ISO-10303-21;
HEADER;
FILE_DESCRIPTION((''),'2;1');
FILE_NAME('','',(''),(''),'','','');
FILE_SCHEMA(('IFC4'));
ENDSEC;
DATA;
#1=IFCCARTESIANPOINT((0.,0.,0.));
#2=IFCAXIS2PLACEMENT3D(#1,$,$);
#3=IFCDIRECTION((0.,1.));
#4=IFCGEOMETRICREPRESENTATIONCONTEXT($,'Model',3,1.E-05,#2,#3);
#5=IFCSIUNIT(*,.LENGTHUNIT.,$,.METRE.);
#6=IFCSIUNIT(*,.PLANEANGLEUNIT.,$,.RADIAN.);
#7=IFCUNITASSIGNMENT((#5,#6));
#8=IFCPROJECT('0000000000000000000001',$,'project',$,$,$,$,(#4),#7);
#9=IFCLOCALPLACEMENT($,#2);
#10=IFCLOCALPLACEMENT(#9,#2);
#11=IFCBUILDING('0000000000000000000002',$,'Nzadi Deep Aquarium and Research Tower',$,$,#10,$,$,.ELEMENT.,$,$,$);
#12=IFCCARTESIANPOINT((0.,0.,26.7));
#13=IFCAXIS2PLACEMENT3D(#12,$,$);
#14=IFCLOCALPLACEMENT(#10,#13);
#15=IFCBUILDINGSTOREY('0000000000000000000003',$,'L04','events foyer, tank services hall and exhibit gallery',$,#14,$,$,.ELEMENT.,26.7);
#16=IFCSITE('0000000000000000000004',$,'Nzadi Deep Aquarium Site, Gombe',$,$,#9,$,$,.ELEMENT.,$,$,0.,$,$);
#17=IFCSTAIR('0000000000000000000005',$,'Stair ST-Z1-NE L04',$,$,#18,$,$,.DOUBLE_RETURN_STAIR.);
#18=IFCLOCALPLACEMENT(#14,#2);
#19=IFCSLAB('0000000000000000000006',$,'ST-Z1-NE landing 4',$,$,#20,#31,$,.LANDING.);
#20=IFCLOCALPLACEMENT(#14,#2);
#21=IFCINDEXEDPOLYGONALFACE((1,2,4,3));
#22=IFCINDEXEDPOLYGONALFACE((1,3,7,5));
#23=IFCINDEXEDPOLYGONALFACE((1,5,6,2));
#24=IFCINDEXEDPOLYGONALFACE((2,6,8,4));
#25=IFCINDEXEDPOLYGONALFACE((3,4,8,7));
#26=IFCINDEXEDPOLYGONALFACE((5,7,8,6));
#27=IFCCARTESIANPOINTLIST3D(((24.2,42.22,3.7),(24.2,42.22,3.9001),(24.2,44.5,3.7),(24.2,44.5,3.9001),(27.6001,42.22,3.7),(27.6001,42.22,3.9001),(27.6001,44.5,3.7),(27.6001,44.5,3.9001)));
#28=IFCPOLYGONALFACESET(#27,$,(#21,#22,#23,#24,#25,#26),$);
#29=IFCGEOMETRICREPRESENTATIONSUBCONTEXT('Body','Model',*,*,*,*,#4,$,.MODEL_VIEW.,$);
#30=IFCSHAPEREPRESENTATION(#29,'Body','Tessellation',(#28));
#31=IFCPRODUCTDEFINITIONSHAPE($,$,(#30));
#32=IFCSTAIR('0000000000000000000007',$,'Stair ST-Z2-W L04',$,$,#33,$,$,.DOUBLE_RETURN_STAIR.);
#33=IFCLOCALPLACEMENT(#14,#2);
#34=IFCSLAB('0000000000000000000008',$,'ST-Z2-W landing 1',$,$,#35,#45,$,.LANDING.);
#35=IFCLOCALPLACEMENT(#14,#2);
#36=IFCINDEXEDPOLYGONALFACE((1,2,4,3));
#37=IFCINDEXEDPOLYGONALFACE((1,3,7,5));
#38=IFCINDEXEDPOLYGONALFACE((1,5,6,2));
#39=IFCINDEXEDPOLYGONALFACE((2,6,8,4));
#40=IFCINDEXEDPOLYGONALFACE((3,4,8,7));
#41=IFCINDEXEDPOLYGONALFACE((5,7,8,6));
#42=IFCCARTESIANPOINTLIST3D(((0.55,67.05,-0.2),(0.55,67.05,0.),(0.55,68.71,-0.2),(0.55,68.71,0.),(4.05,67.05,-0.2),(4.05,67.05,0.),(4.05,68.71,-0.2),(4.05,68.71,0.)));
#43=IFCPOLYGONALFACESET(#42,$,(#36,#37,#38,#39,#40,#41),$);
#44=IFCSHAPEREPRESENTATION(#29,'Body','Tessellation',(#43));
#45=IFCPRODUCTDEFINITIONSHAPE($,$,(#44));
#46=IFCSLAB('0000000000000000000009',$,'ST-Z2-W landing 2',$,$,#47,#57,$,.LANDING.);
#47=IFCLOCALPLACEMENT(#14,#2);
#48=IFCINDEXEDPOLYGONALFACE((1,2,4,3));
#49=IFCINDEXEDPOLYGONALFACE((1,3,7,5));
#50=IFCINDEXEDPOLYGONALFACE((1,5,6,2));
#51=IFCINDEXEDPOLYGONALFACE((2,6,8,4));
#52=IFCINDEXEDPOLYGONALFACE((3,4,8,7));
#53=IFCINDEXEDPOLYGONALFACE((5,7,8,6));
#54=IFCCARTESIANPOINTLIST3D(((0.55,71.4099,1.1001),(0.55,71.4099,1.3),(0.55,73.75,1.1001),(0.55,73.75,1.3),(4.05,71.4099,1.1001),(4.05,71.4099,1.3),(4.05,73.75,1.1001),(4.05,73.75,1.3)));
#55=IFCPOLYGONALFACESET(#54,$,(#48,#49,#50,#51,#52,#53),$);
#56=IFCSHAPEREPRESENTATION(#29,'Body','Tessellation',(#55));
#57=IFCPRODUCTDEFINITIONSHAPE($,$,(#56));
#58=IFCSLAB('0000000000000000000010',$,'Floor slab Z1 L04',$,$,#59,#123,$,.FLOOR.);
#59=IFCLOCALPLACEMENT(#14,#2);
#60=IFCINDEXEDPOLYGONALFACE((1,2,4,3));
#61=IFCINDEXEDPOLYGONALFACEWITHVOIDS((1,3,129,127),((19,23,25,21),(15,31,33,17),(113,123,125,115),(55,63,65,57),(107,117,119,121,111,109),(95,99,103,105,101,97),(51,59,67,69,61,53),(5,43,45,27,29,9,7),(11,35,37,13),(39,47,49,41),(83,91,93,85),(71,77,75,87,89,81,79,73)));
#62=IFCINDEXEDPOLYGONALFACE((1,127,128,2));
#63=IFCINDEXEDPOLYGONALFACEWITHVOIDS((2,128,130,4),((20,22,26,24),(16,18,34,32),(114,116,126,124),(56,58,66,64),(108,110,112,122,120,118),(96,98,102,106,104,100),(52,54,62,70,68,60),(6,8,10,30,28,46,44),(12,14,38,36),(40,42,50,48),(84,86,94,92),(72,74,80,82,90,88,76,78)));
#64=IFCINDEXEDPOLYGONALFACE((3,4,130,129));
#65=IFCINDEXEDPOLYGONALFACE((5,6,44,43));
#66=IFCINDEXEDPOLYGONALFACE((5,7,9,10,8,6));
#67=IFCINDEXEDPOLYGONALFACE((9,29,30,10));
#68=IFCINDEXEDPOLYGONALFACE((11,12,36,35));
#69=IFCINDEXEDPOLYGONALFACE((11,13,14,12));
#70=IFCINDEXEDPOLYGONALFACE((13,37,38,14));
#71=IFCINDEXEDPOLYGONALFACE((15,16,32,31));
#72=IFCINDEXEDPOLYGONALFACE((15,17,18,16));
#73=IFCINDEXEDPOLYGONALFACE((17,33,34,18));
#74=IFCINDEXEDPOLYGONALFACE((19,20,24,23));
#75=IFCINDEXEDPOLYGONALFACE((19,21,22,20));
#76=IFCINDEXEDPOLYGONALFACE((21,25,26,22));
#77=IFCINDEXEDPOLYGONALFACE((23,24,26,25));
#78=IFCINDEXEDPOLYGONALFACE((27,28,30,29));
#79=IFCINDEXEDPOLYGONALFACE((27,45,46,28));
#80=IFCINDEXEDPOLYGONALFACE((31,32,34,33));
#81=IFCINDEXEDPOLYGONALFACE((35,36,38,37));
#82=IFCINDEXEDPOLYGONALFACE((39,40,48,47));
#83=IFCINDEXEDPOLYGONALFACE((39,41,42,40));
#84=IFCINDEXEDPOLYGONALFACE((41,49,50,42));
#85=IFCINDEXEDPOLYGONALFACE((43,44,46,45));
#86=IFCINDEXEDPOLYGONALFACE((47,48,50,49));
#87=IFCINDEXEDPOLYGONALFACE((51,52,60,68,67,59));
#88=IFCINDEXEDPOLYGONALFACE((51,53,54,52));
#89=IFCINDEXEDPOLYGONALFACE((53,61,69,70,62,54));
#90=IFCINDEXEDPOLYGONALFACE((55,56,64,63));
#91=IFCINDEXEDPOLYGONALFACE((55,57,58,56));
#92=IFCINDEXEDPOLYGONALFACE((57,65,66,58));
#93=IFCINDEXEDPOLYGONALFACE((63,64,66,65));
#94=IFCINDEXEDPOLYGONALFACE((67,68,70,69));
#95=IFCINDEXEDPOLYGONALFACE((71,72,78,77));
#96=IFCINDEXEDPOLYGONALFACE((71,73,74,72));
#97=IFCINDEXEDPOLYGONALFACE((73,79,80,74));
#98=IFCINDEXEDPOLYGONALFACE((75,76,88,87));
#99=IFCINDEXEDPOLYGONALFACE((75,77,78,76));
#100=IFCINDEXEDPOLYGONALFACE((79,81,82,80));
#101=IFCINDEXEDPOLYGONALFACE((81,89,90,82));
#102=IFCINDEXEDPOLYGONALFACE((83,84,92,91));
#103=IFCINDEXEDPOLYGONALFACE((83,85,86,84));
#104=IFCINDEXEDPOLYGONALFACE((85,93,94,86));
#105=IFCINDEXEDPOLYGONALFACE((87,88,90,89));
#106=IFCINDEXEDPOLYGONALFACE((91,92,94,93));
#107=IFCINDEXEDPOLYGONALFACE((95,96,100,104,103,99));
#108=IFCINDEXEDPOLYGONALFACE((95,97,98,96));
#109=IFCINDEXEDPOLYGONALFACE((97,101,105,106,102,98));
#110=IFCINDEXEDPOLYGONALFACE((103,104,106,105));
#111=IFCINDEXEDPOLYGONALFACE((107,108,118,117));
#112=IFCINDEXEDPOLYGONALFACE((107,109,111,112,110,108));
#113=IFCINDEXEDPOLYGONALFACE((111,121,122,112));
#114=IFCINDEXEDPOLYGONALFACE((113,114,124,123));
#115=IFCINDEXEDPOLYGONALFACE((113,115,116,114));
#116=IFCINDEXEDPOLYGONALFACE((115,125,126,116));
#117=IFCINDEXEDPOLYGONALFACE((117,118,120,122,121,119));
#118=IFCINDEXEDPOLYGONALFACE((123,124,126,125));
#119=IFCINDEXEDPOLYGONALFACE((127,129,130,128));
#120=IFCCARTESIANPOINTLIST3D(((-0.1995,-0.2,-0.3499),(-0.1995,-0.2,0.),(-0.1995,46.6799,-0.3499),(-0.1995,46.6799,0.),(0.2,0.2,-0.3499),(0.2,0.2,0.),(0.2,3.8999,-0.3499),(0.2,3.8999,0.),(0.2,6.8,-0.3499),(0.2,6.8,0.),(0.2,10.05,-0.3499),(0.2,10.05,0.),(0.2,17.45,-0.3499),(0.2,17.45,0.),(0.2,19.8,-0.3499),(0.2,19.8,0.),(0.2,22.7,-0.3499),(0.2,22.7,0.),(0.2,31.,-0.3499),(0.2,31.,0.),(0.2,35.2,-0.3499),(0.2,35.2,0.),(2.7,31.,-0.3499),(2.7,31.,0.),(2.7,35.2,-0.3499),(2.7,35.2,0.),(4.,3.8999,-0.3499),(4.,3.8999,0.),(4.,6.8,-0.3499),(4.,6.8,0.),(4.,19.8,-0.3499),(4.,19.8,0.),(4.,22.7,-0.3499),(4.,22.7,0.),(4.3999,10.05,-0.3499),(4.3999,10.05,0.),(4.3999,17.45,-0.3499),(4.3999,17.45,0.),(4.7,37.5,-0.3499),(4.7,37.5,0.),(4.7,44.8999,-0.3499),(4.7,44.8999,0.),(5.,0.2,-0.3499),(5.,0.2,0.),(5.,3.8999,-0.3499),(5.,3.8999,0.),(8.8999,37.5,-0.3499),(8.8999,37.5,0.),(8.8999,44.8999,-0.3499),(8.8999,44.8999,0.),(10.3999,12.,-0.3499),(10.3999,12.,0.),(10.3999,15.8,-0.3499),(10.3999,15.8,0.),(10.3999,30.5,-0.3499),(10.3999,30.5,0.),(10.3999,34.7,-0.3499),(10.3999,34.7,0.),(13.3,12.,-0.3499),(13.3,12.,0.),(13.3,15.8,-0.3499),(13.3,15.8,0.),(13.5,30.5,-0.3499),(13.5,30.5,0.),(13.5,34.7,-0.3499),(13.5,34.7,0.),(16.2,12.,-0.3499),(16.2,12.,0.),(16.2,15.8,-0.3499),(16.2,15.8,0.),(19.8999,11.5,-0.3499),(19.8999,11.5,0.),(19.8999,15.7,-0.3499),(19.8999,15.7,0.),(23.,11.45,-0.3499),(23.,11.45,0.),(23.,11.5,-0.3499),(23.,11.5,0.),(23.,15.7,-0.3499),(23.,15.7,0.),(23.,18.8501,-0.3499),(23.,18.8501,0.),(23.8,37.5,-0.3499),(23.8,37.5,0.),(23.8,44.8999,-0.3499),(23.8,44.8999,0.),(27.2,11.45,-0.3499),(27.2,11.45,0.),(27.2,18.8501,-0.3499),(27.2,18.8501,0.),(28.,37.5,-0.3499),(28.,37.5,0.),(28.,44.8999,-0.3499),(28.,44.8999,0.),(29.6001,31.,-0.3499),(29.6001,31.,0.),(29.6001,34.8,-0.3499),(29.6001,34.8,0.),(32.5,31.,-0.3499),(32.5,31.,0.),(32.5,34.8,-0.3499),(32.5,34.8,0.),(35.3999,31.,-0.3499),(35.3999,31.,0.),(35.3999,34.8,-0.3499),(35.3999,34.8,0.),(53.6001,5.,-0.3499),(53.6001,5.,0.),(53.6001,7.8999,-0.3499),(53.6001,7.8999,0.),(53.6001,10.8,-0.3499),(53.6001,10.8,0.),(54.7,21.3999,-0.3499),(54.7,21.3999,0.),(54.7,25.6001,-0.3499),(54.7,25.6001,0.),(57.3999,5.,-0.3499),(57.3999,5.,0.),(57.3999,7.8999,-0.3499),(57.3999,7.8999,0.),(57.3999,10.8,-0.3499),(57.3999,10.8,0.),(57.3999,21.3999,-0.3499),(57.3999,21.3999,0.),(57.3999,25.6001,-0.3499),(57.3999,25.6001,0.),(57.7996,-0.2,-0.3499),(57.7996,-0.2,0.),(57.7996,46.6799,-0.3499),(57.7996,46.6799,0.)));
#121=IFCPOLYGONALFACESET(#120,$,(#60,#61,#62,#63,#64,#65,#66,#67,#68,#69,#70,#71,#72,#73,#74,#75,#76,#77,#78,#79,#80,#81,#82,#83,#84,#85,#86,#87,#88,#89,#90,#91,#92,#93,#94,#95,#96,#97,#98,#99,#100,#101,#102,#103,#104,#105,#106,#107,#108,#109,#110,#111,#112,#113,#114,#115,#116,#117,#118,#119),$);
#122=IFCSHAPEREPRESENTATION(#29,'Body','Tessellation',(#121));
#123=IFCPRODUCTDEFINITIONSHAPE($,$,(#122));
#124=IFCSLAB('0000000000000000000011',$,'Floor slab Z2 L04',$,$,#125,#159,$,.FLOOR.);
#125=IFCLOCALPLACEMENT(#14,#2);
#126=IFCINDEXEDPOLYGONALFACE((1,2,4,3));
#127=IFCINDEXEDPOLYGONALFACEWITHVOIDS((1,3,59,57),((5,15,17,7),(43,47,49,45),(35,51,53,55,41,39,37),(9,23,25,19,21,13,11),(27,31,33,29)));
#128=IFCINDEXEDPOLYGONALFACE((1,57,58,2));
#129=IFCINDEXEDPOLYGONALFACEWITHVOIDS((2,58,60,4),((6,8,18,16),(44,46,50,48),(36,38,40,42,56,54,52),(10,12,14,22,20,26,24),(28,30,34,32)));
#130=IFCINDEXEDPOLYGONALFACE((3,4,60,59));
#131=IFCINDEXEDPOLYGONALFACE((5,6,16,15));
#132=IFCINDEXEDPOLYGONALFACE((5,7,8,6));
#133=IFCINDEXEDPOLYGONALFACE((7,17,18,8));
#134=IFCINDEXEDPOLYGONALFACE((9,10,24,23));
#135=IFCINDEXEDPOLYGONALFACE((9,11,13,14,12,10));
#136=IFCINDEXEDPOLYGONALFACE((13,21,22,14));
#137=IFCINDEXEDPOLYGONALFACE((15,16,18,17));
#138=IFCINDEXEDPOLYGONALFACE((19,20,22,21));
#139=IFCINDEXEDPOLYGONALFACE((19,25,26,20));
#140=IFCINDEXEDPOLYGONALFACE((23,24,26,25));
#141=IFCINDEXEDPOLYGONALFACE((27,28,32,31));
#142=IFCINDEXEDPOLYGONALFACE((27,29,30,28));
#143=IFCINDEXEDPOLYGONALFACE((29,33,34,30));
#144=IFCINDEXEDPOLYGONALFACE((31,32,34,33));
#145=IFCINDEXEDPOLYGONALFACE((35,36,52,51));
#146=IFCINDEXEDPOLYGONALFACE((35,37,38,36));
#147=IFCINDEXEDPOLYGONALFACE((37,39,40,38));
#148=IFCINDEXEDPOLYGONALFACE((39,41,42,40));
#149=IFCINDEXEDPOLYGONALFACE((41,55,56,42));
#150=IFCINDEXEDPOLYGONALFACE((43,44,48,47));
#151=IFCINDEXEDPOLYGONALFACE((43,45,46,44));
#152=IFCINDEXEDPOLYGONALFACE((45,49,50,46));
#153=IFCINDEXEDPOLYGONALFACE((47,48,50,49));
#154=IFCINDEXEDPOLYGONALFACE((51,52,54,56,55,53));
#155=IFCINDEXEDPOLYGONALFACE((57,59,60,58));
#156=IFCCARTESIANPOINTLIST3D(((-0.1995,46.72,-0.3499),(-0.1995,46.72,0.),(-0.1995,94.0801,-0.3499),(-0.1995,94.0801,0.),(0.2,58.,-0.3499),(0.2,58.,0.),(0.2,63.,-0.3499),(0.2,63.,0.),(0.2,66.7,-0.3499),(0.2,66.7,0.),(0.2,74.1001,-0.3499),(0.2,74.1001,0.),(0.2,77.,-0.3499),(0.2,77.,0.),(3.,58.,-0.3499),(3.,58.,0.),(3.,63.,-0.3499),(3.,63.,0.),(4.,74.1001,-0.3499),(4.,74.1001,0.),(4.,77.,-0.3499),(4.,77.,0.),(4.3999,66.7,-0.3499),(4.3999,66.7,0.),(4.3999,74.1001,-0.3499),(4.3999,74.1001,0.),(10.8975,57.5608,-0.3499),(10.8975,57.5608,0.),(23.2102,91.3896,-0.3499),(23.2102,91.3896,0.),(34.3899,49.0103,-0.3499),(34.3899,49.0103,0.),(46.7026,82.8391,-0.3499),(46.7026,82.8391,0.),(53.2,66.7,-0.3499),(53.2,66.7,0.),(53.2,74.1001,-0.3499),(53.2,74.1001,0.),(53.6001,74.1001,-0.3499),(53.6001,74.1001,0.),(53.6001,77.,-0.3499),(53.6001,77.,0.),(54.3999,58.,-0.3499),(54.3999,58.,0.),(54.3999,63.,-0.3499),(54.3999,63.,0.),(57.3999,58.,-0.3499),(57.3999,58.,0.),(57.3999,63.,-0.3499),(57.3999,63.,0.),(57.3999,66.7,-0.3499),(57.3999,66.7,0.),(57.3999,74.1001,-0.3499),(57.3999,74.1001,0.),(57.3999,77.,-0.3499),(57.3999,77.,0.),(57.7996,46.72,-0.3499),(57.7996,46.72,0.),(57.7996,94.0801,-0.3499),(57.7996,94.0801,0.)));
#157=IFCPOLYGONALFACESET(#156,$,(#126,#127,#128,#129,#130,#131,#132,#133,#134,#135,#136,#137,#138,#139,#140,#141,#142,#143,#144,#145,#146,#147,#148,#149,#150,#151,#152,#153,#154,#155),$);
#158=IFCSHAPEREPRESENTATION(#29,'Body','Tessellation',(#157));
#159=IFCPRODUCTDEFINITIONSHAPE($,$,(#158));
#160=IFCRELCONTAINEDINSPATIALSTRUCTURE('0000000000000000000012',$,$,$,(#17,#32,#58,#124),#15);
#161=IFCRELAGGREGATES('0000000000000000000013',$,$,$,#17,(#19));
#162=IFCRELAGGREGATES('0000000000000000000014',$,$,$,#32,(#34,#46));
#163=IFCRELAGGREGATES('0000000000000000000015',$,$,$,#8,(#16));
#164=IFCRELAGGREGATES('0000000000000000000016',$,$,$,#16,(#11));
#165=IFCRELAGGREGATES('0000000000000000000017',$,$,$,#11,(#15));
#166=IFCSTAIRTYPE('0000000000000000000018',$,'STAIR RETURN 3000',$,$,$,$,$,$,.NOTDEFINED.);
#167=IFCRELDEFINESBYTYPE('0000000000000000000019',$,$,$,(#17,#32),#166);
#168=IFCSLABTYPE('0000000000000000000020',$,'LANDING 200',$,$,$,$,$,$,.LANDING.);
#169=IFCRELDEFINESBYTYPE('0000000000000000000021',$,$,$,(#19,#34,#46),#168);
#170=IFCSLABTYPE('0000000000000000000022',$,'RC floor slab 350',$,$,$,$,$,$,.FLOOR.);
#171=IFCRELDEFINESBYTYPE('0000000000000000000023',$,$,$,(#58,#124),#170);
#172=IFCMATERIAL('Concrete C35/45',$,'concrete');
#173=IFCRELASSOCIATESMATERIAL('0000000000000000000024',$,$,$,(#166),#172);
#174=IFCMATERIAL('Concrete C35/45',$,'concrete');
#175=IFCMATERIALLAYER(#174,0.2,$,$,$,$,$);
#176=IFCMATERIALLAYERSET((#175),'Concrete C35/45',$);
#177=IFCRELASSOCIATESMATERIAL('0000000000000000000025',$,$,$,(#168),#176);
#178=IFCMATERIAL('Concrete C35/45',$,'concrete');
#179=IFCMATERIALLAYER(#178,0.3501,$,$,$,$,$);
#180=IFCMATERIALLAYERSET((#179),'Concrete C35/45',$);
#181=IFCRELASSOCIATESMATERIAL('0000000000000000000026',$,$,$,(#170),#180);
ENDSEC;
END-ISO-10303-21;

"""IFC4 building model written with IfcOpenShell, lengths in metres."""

from ifc_helpers import new_model, si_unit, direction, frame, origin, place, context, subcontext, project, spatial, polyline, outline, extrude, material, layer, layer_set, type_object, element, aggregate, save


model = new_model("IFC4")

# Units and contexts
model_context = context("Model", 3, precision=1e-05, world=origin(), true_north=direction((0.0, 1.0)))
body_context = subcontext(model_context, "Body", "Model", "MODEL_VIEW")
ifc_project = project(units=[si_unit("LENGTHUNIT", "METRE"), si_unit("PLANEANGLEUNIT", "RADIAN")], contexts=[model_context])

# Site, building, storey
site_placement = place(None, origin())
site = spatial("IfcSite", under=ifc_project, at=site_placement, Name="Nzadi Deep Aquarium Site, Gombe", CompositionType="ELEMENT", RefElevation=0.0)
building_placement = place(site_placement, origin())
building = spatial("IfcBuilding", under=site, at=building_placement, Name="Nzadi Deep Aquarium and Research Tower", CompositionType="ELEMENT")
storey_placement = place(building_placement, frame((0.0, 0.0, 26.7)))
storey = spatial("IfcBuildingStorey", under=building, at=storey_placement, Name="L04", Description="events foyer, tank services hall and exhibit gallery", CompositionType="ELEMENT", Elevation=26.7)

# Stairs, slabs
ifc_material_1 = material(Name="Concrete C35/45", Category="concrete")
stair_type = type_object("IfcStairType", Name="STAIR RETURN 3000", PredefinedType="NOTDEFINED", material=ifc_material_1)
ifc_material_2 = material(Name="Concrete C35/45", Category="concrete")
ifc_layer_1 = layer(ifc_material_2, 0.2)
ifc_layer_set_1 = layer_set([ifc_layer_1], Name="Concrete C35/45")
slab_type_1 = type_object("IfcSlabType", Name="LANDING 200", PredefinedType="LANDING", material=ifc_layer_set_1)
stair_1_placement = place(storey_placement, origin())
stair_1 = element("IfcStair", 1, at=stair_1_placement, inside=storey, type_object=stair_type, Name="Stair ST-Z1-NE L04", PredefinedType="DOUBLE_RETURN_STAIR")
slab_1_placement = place(storey_placement, frame((0.0, 0.0, 3.7)))
slab_1 = element("IfcSlab", 2, at=slab_1_placement, type_object=slab_type_1, Name="ST-Z1-NE landing 4", PredefinedType="LANDING", context=body_context, shape_type="SweptSolid", body=[
    extrude(outline(polyline([(24.2, 42.22), (27.6001, 42.22), (27.6001, 44.5), (24.2, 44.5), (24.2, 42.22)])), origin(), (0.0, 0.0, 1.0), 0.2002),
])
aggregate(stair_1, [slab_1])
stair_2_placement = place(storey_placement, origin())
stair_2 = element("IfcStair", 3, at=stair_2_placement, inside=storey, type_object=stair_type, Name="Stair ST-Z2-W L04", PredefinedType="DOUBLE_RETURN_STAIR")
slab_2_placement = place(storey_placement, frame((0.0, 0.0, -0.2)))
slab_2 = element("IfcSlab", 4, at=slab_2_placement, type_object=slab_type_1, Name="ST-Z2-W landing 1", PredefinedType="LANDING", context=body_context, shape_type="SweptSolid", body=[
    extrude(outline(polyline([(0.55, 67.05), (4.05, 67.05), (4.05, 68.71), (0.55, 68.71), (0.55, 67.05)])), origin(), (0.0, 0.0, 1.0), 0.2),
])
slab_3_placement = place(storey_placement, frame((0.0, 0.0, 1.1001)))
slab_3 = element("IfcSlab", 5, at=slab_3_placement, type_object=slab_type_1, Name="ST-Z2-W landing 2", PredefinedType="LANDING", context=body_context, shape_type="SweptSolid", body=[
    extrude(outline(polyline([(0.55, 71.4099), (4.05, 71.4099), (4.05, 73.75), (0.55, 73.75), (0.55, 71.4099)])), origin(), (0.0, 0.0, 1.0), 0.2),
])
aggregate(stair_2, [slab_2, slab_3])

# Slabs
ifc_material_3 = material(Name="Concrete C35/45", Category="concrete")
ifc_layer_2 = layer(ifc_material_3, 0.3501)
ifc_layer_set_2 = layer_set([ifc_layer_2], Name="Concrete C35/45")
slab_type_2 = type_object("IfcSlabType", Name="RC floor slab 350", PredefinedType="FLOOR", material=ifc_layer_set_2)
slab_4_placement = place(storey_placement, frame((0.0, 0.0, -0.3499)))
element("IfcSlab", 6, at=slab_4_placement, inside=storey, type_object=slab_type_2, Name="Floor slab Z1 L04", PredefinedType="FLOOR", context=body_context, shape_type="SweptSolid", body=[
    extrude(outline(polyline([(-0.1995, -0.2), (57.7996, -0.2), (57.7996, 46.6799), (-0.1995, 46.6799), (-0.1995, -0.2)]), holes=[polyline([(4.3999, 17.45), (4.3999, 10.05), (0.2, 10.05), (0.2, 17.45), (4.3999, 17.45)]), polyline([(19.8999, 15.7), (23.0, 15.7), (23.0, 18.8501), (27.2, 18.8501), (27.2, 11.45), (23.0, 11.45), (23.0, 11.5), (19.8999, 11.5), (19.8999, 15.7)]), polyline([(4.7, 37.5), (4.7, 44.8999), (8.8999, 44.8999), (8.8999, 37.5), (4.7, 37.5)]), polyline([(23.8, 44.8999), (28.0, 44.8999), (28.0, 37.5), (23.8, 37.5), (23.8, 44.8999)]), polyline([(0.2, 0.2), (0.2, 3.8999), (0.2, 6.8), (4.0, 6.8), (4.0, 3.8999), (5.0, 3.8999), (5.0, 0.2), (0.2, 0.2)]), polyline([(0.2, 19.8), (0.2, 22.7), (4.0, 22.7), (4.0, 19.8), (0.2, 19.8)]), polyline([(57.3999, 7.8999), (57.3999, 5.0), (53.6001, 5.0), (53.6001, 7.8999), (53.6001, 10.8), (57.3999, 10.8), (57.3999, 7.8999)]), polyline([(2.7, 31.0), (0.2, 31.0), (0.2, 35.2), (2.7, 35.2), (2.7, 31.0)]), polyline([(54.7, 21.3999), (54.7, 25.6001), (57.3999, 25.6001), (57.3999, 21.3999), (54.7, 21.3999)]), polyline([(16.2, 15.8), (16.2, 12.0), (13.3, 12.0), (10.3999, 12.0), (10.3999, 15.8), (13.3, 15.8), (16.2, 15.8)]), polyline([(10.3999, 30.5), (10.3999, 34.7), (13.5, 34.7), (13.5, 30.5), (10.3999, 30.5)]), polyline([(29.6001, 34.8), (32.5, 34.8), (35.3999, 34.8), (35.3999, 31.0), (32.5, 31.0), (29.6001, 31.0), (29.6001, 34.8)])]), origin(), (0.0, 0.0, 1.0), 0.3499),
])
slab_5_placement = place(storey_placement, frame((0.0, 0.0, -0.3499)))
element("IfcSlab", 7, at=slab_5_placement, inside=storey, type_object=slab_type_2, Name="Floor slab Z2 L04", PredefinedType="FLOOR", context=body_context, shape_type="SweptSolid", body=[
    extrude(outline(polyline([(57.7996, 94.0801), (-0.1995, 94.0801), (-0.1995, 46.72), (57.7996, 46.72), (57.7996, 94.0801)]), holes=[polyline([(4.0, 77.0), (4.0, 74.1001), (4.3999, 74.1001), (4.3999, 66.7), (0.2, 66.7), (0.2, 74.1001), (0.2, 77.0), (4.0, 77.0)]), polyline([(57.3999, 77.0), (57.3999, 74.1001), (57.3999, 66.7), (53.2, 66.7), (53.2, 74.1001), (53.6001, 74.1001), (53.6001, 77.0), (57.3999, 77.0)]), polyline([(0.2, 58.0), (0.2, 63.0), (3.0, 63.0), (3.0, 58.0), (0.2, 58.0)]), polyline([(54.3999, 63.0), (57.3999, 63.0), (57.3999, 58.0), (54.3999, 58.0), (54.3999, 63.0)]), polyline([(34.3899, 49.0103), (10.8975, 57.5608), (23.2102, 91.3896), (46.7026, 82.8391), (34.3899, 49.0103)])]), origin(), (0.0, 0.0, 1.0), 0.3499),
])

save(model, "model.ifc")
